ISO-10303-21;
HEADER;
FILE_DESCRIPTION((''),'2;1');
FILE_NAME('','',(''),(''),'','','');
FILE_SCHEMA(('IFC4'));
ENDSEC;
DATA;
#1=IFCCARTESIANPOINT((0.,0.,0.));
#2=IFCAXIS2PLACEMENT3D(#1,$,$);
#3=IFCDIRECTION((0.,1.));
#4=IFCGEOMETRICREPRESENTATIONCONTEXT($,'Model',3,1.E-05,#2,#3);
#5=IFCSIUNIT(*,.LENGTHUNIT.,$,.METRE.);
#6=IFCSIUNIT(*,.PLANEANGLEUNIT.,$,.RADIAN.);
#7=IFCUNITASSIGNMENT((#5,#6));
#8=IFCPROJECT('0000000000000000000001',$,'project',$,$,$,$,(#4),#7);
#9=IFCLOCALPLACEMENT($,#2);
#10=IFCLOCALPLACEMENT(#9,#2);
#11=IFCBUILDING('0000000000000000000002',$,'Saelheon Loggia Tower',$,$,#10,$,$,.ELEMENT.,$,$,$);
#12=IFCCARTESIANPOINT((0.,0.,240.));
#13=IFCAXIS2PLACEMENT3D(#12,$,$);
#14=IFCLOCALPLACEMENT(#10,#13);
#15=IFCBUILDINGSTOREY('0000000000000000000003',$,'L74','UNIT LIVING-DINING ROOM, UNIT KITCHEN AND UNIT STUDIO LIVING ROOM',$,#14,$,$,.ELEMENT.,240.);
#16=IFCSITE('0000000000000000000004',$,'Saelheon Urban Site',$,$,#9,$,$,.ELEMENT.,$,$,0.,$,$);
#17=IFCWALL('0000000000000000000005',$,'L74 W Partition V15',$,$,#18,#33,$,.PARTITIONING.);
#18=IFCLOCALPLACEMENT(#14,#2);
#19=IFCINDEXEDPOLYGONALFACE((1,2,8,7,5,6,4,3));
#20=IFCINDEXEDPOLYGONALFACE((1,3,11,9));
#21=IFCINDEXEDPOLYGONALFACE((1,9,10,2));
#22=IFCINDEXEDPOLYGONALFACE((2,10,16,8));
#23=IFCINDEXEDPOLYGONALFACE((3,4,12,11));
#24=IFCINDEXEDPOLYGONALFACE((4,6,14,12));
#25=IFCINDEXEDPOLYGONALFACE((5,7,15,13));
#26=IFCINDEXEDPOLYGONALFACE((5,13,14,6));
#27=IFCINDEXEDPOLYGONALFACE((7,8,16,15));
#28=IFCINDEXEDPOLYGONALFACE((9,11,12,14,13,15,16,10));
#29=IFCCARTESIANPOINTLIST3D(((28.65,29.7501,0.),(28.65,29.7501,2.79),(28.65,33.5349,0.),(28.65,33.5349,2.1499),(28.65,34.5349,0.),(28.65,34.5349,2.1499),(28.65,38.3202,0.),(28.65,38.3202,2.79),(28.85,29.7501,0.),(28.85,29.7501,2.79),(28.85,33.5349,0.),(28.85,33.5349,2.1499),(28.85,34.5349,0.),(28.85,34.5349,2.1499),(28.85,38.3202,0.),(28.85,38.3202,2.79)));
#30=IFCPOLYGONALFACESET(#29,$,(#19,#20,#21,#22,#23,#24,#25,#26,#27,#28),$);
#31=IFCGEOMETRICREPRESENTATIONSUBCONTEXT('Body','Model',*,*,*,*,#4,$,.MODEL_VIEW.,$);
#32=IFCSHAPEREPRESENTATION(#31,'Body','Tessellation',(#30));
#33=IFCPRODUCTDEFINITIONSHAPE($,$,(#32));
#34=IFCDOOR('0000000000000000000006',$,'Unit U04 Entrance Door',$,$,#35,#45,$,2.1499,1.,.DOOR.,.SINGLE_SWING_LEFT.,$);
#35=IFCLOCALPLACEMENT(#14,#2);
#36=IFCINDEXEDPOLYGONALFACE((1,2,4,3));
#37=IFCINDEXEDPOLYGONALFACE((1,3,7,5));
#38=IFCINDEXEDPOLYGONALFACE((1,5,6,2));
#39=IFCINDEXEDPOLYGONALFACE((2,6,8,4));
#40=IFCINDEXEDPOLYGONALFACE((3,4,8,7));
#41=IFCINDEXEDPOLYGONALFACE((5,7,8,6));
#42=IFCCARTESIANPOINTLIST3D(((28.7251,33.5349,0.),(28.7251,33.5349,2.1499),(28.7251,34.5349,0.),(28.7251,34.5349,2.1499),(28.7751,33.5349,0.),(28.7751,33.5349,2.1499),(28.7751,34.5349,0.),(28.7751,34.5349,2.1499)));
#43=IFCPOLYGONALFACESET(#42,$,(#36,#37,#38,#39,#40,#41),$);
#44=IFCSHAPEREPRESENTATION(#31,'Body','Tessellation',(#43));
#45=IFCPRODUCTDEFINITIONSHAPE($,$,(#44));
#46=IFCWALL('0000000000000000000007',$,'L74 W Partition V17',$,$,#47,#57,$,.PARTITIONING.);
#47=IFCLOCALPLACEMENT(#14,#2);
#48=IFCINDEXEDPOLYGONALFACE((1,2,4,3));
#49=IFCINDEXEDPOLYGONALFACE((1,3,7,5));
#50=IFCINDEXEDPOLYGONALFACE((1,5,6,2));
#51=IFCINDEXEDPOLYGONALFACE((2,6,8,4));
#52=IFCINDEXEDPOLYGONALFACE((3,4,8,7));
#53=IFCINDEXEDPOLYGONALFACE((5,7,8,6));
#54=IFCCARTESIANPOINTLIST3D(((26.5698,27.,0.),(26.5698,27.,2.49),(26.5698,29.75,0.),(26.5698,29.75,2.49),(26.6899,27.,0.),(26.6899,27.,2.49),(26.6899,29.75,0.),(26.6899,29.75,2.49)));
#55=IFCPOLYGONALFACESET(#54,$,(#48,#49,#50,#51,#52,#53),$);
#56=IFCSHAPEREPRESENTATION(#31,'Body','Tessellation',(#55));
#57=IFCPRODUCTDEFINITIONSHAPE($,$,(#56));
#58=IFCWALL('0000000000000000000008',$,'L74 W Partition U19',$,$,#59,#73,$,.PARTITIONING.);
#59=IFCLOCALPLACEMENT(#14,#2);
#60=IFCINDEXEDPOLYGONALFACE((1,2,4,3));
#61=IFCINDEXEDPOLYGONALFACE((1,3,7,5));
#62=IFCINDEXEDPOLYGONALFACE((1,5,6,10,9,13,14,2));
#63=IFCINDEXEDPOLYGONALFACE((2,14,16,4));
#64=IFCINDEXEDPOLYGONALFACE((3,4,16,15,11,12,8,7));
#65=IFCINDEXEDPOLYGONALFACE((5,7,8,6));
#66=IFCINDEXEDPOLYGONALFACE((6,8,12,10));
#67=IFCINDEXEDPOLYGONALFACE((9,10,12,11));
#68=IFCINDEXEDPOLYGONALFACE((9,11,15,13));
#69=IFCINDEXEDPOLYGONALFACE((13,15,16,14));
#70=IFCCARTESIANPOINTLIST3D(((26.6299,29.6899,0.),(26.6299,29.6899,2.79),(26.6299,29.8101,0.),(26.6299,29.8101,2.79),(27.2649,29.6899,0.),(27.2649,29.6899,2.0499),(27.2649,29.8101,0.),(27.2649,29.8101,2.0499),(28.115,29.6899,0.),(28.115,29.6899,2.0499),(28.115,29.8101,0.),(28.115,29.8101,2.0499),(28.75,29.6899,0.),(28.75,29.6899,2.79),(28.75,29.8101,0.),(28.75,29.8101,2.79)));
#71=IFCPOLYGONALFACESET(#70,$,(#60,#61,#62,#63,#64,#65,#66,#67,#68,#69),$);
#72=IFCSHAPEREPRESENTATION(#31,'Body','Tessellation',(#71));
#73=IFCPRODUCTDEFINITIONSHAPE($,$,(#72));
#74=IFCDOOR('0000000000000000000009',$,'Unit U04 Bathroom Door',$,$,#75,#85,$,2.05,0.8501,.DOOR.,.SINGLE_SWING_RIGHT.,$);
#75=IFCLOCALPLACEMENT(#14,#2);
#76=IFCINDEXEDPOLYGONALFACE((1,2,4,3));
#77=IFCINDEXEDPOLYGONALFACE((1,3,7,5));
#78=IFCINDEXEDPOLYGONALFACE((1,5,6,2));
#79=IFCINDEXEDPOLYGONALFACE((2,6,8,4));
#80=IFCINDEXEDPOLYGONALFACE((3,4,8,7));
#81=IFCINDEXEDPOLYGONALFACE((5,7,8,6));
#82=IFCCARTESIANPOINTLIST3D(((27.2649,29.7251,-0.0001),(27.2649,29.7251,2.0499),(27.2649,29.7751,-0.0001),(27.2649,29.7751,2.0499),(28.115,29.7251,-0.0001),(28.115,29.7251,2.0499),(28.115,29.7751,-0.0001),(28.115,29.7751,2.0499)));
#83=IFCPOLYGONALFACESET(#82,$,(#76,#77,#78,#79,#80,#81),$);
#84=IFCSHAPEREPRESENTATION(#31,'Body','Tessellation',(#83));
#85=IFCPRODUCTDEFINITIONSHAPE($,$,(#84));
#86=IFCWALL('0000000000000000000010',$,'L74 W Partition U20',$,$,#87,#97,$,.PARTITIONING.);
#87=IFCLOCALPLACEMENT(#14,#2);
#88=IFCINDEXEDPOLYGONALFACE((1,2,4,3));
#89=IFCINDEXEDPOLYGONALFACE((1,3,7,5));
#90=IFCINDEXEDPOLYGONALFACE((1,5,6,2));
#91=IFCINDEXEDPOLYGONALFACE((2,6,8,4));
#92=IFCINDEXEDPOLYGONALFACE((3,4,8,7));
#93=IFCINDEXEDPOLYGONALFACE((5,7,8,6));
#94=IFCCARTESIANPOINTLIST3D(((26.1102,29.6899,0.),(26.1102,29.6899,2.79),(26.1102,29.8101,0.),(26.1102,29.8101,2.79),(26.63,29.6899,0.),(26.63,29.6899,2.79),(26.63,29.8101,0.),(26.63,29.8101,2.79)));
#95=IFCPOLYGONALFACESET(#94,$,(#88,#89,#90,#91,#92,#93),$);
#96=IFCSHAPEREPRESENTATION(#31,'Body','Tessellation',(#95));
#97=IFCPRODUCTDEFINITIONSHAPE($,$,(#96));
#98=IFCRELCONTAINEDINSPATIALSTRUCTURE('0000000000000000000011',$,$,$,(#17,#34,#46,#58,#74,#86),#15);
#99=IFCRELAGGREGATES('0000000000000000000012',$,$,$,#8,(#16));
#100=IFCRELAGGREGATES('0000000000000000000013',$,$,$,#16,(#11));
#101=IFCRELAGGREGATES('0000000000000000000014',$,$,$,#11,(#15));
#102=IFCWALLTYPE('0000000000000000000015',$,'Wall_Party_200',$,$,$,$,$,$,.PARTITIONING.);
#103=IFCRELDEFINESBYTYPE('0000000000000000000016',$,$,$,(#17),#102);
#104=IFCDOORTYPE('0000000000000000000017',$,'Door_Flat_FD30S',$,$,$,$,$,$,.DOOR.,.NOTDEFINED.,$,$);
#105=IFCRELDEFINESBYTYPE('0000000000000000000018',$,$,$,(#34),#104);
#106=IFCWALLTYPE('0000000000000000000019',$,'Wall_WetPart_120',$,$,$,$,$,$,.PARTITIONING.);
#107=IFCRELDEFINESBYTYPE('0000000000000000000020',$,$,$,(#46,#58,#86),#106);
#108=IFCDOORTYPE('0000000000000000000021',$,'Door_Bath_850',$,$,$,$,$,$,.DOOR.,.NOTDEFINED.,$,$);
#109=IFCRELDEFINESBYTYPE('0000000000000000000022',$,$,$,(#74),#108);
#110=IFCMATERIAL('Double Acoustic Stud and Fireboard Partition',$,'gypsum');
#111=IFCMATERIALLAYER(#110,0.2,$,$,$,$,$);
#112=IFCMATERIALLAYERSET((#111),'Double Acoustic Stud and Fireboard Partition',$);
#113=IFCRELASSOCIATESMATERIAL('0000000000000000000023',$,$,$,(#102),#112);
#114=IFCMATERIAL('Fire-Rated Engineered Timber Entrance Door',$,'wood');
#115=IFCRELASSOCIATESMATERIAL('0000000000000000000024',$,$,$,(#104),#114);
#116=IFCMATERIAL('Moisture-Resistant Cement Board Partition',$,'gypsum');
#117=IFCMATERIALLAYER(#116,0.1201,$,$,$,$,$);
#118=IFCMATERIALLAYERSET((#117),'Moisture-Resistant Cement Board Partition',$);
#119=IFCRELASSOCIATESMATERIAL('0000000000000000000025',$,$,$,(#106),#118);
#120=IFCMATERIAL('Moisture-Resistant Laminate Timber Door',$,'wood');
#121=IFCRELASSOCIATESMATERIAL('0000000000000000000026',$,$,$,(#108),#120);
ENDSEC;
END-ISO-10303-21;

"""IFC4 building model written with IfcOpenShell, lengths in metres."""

from ifc_helpers import new_model, si_unit, direction, frame, frame_2d, origin, place, context, subcontext, project, spatial, rectangle, extrude, source, transform, mapped, material, layer, layer_set, type_object, element, fill, save


model = new_model("IFC4")

# Units and contexts
model_context = context("Model", 3, precision=1e-05, world=origin(), true_north=direction((0.0, 1.0)))
body_context = subcontext(model_context, "Body", "Model", "MODEL_VIEW")
ifc_project = project(units=[si_unit("LENGTHUNIT", "METRE"), si_unit("PLANEANGLEUNIT", "RADIAN")], contexts=[model_context])

# Site, building, storey
site_placement = place(None, origin())
site = spatial("IfcSite", under=ifc_project, at=site_placement, Name="Saelheon Urban Site", CompositionType="ELEMENT", RefElevation=0.0)
building_placement = place(site_placement, origin())
building = spatial("IfcBuilding", under=site, at=building_placement, Name="Saelheon Loggia Tower", CompositionType="ELEMENT")
storey_placement = place(building_placement, frame((0.0, 0.0, 240.0)))
storey = spatial("IfcBuildingStorey", under=building, at=storey_placement, Name="L74", Description="UNIT LIVING-DINING ROOM, UNIT KITCHEN AND UNIT STUDIO LIVING ROOM", CompositionType="ELEMENT", Elevation=240.0)

# Shared definitions
ifc_material_1 = material(Name="Double Acoustic Stud and Fireboard Partition", Category="gypsum")
ifc_layer_1 = layer(ifc_material_1, 0.2)
ifc_layer_set_1 = layer_set([ifc_layer_1], Name="Double Acoustic Stud and Fireboard Partition")
wall_type_1 = type_object("IfcWallType", Name="Wall_Party_200", PredefinedType="PARTITIONING", material=ifc_layer_set_1)

# Wall, opening, door
wall_1_placement = place(storey_placement, frame((28.75, 29.75, 0.0), z_axis=(0.0, 0.0, 1.0), x_axis=(0.0, 1.0, 0.0)))
wall_1 = element("IfcWall", 1, at=wall_1_placement, inside=storey, type_object=wall_type_1, Name="L74 W Partition V15", PredefinedType="PARTITIONING", context=body_context, shape_type="SweptSolid", body=[
    extrude(rectangle(XDim=8.5701, YDim=0.2, at=frame_2d((4.2852, 0.0))), origin(), (0.0, 0.0, 1.0), 2.79),
])
opening_1_placement = place(wall_1_placement, frame((3.7849, 0.0, 0.0)))
opening_1 = element("IfcOpeningElement", 2, at=opening_1_placement, cuts=wall_1, PredefinedType="OPENING", context=body_context, shape_type="SweptSolid", body=[
    extrude(rectangle(XDim=1.0, YDim=2.1499, at=frame_2d((0.5, 1.075))), frame((0.0, 0.1121, 0.0), z_axis=(0.0, -1.0, 0.0), x_axis=(1.0, 0.0, 0.0)), (0.0, 0.0, 1.0), 0.2239),
])
ifc_material_2 = material(Name="Fire-Rated Engineered Timber Entrance Door", Category="wood")
door_type_1 = type_object("IfcDoorType", Name="Door_Flat_FD30S", OperationType="NOTDEFINED", PredefinedType="DOOR", material=ifc_material_2)
shared_shape_1 = source(origin(), body_context, "Body", "SweptSolid", [
    extrude(rectangle(XDim=1.0, YDim=2.1499, at=frame_2d((0.5, 1.075))), frame((0.0, 0.0249, 0.0), z_axis=(0.0, -1.0, 0.0), x_axis=(1.0, 0.0, 0.0)), (0.0, 0.0, 1.0), 0.05),
])
door_1_placement = place(opening_1_placement, origin())
door_1 = element("IfcDoor", 3, at=door_1_placement, inside=storey, type_object=door_type_1, Name="Unit U04 Entrance Door", OperationType="SINGLE_SWING_LEFT", OverallHeight=2.1499, OverallWidth=1.0, PredefinedType="DOOR", context=body_context, shape_type="MappedRepresentation", body=[
    mapped(shared_shape_1, transform((0.0, 0.0, 0.0), scale=1.0)),
])
fill(opening_1, door_1)

# Wall
ifc_material_3 = material(Name="Moisture-Resistant Cement Board Partition", Category="gypsum")
ifc_layer_2 = layer(ifc_material_3, 0.1201)
ifc_layer_set_2 = layer_set([ifc_layer_2], Name="Moisture-Resistant Cement Board Partition")
wall_type_2 = type_object("IfcWallType", Name="Wall_WetPart_120", PredefinedType="PARTITIONING", material=ifc_layer_set_2)
wall_2_placement = place(storey_placement, frame((26.6299, 27.0, 0.0), z_axis=(0.0, 0.0, 1.0), x_axis=(0.0, 1.0, 0.0)))
element("IfcWall", 4, at=wall_2_placement, inside=storey, type_object=wall_type_2, Name="L74 W Partition V17", PredefinedType="PARTITIONING", context=body_context, shape_type="SweptSolid", body=[
    extrude(rectangle(XDim=2.75, YDim=0.1201, at=frame_2d((1.375, 0.0))), origin(), (0.0, 0.0, 1.0), 2.49),
])

# Wall, opening, door
wall_3_placement = place(storey_placement, frame((28.75, 29.75, 0.0), z_axis=(0.0, 0.0, 1.0), x_axis=(-1.0, 0.0, 0.0)))
wall_3 = element("IfcWall", 5, at=wall_3_placement, inside=storey, type_object=wall_type_2, Name="L74 W Partition U19", PredefinedType="PARTITIONING", context=body_context, shape_type="SweptSolid", body=[
    extrude(rectangle(XDim=2.1201, YDim=0.1201, at=frame_2d((1.0601, 0.0))), origin(), (0.0, 0.0, 1.0), 2.79),
])
opening_2_placement = place(wall_3_placement, frame((0.635, 0.0, 0.0)))
opening_2 = element("IfcOpeningElement", 6, at=opening_2_placement, cuts=wall_3, PredefinedType="OPENING", context=body_context, shape_type="SweptSolid", body=[
    extrude(rectangle(XDim=0.8501, YDim=2.05, at=frame_2d((0.425, 1.0249))), frame((0.0, 0.072, 0.0), z_axis=(0.0, -1.0, 0.0), x_axis=(1.0, 0.0, 0.0)), (0.0, 0.0, 1.0), 0.144),
])
ifc_material_4 = material(Name="Moisture-Resistant Laminate Timber Door", Category="wood")
door_type_2 = type_object("IfcDoorType", Name="Door_Bath_850", OperationType="NOTDEFINED", PredefinedType="DOOR", material=ifc_material_4)
shared_shape_2 = source(origin(), body_context, "Body", "SweptSolid", [
    extrude(rectangle(XDim=0.8501, YDim=2.05, at=frame_2d((0.425, 1.0249))), frame((0.0, 0.0249, 0.0), z_axis=(0.0, -1.0, 0.0), x_axis=(1.0, 0.0, 0.0)), (0.0, 0.0, 1.0), 0.05),
])
door_2_placement = place(opening_2_placement, origin())
door_2 = element("IfcDoor", 7, at=door_2_placement, inside=storey, type_object=door_type_2, Name="Unit U04 Bathroom Door", OperationType="SINGLE_SWING_RIGHT", OverallHeight=2.05, OverallWidth=0.8501, PredefinedType="DOOR", context=body_context, shape_type="MappedRepresentation", body=[
    mapped(shared_shape_2, transform((0.0, 0.0, 0.0), scale=1.0)),
])
fill(opening_2, door_2)

# Wall
wall_4_placement = place(storey_placement, frame((26.6299, 29.75, 0.0), z_axis=(0.0, 0.0, 1.0), x_axis=(-1.0, 0.0, 0.0)))
element("IfcWall", 8, at=wall_4_placement, inside=storey, type_object=wall_type_2, Name="L74 W Partition U20", PredefinedType="PARTITIONING", context=body_context, shape_type="SweptSolid", body=[
    extrude(rectangle(XDim=0.5198, YDim=0.1201, at=frame_2d((0.2598, 0.0))), origin(), (0.0, 0.0, 1.0), 2.79),
])

save(model, "model.ifc")
